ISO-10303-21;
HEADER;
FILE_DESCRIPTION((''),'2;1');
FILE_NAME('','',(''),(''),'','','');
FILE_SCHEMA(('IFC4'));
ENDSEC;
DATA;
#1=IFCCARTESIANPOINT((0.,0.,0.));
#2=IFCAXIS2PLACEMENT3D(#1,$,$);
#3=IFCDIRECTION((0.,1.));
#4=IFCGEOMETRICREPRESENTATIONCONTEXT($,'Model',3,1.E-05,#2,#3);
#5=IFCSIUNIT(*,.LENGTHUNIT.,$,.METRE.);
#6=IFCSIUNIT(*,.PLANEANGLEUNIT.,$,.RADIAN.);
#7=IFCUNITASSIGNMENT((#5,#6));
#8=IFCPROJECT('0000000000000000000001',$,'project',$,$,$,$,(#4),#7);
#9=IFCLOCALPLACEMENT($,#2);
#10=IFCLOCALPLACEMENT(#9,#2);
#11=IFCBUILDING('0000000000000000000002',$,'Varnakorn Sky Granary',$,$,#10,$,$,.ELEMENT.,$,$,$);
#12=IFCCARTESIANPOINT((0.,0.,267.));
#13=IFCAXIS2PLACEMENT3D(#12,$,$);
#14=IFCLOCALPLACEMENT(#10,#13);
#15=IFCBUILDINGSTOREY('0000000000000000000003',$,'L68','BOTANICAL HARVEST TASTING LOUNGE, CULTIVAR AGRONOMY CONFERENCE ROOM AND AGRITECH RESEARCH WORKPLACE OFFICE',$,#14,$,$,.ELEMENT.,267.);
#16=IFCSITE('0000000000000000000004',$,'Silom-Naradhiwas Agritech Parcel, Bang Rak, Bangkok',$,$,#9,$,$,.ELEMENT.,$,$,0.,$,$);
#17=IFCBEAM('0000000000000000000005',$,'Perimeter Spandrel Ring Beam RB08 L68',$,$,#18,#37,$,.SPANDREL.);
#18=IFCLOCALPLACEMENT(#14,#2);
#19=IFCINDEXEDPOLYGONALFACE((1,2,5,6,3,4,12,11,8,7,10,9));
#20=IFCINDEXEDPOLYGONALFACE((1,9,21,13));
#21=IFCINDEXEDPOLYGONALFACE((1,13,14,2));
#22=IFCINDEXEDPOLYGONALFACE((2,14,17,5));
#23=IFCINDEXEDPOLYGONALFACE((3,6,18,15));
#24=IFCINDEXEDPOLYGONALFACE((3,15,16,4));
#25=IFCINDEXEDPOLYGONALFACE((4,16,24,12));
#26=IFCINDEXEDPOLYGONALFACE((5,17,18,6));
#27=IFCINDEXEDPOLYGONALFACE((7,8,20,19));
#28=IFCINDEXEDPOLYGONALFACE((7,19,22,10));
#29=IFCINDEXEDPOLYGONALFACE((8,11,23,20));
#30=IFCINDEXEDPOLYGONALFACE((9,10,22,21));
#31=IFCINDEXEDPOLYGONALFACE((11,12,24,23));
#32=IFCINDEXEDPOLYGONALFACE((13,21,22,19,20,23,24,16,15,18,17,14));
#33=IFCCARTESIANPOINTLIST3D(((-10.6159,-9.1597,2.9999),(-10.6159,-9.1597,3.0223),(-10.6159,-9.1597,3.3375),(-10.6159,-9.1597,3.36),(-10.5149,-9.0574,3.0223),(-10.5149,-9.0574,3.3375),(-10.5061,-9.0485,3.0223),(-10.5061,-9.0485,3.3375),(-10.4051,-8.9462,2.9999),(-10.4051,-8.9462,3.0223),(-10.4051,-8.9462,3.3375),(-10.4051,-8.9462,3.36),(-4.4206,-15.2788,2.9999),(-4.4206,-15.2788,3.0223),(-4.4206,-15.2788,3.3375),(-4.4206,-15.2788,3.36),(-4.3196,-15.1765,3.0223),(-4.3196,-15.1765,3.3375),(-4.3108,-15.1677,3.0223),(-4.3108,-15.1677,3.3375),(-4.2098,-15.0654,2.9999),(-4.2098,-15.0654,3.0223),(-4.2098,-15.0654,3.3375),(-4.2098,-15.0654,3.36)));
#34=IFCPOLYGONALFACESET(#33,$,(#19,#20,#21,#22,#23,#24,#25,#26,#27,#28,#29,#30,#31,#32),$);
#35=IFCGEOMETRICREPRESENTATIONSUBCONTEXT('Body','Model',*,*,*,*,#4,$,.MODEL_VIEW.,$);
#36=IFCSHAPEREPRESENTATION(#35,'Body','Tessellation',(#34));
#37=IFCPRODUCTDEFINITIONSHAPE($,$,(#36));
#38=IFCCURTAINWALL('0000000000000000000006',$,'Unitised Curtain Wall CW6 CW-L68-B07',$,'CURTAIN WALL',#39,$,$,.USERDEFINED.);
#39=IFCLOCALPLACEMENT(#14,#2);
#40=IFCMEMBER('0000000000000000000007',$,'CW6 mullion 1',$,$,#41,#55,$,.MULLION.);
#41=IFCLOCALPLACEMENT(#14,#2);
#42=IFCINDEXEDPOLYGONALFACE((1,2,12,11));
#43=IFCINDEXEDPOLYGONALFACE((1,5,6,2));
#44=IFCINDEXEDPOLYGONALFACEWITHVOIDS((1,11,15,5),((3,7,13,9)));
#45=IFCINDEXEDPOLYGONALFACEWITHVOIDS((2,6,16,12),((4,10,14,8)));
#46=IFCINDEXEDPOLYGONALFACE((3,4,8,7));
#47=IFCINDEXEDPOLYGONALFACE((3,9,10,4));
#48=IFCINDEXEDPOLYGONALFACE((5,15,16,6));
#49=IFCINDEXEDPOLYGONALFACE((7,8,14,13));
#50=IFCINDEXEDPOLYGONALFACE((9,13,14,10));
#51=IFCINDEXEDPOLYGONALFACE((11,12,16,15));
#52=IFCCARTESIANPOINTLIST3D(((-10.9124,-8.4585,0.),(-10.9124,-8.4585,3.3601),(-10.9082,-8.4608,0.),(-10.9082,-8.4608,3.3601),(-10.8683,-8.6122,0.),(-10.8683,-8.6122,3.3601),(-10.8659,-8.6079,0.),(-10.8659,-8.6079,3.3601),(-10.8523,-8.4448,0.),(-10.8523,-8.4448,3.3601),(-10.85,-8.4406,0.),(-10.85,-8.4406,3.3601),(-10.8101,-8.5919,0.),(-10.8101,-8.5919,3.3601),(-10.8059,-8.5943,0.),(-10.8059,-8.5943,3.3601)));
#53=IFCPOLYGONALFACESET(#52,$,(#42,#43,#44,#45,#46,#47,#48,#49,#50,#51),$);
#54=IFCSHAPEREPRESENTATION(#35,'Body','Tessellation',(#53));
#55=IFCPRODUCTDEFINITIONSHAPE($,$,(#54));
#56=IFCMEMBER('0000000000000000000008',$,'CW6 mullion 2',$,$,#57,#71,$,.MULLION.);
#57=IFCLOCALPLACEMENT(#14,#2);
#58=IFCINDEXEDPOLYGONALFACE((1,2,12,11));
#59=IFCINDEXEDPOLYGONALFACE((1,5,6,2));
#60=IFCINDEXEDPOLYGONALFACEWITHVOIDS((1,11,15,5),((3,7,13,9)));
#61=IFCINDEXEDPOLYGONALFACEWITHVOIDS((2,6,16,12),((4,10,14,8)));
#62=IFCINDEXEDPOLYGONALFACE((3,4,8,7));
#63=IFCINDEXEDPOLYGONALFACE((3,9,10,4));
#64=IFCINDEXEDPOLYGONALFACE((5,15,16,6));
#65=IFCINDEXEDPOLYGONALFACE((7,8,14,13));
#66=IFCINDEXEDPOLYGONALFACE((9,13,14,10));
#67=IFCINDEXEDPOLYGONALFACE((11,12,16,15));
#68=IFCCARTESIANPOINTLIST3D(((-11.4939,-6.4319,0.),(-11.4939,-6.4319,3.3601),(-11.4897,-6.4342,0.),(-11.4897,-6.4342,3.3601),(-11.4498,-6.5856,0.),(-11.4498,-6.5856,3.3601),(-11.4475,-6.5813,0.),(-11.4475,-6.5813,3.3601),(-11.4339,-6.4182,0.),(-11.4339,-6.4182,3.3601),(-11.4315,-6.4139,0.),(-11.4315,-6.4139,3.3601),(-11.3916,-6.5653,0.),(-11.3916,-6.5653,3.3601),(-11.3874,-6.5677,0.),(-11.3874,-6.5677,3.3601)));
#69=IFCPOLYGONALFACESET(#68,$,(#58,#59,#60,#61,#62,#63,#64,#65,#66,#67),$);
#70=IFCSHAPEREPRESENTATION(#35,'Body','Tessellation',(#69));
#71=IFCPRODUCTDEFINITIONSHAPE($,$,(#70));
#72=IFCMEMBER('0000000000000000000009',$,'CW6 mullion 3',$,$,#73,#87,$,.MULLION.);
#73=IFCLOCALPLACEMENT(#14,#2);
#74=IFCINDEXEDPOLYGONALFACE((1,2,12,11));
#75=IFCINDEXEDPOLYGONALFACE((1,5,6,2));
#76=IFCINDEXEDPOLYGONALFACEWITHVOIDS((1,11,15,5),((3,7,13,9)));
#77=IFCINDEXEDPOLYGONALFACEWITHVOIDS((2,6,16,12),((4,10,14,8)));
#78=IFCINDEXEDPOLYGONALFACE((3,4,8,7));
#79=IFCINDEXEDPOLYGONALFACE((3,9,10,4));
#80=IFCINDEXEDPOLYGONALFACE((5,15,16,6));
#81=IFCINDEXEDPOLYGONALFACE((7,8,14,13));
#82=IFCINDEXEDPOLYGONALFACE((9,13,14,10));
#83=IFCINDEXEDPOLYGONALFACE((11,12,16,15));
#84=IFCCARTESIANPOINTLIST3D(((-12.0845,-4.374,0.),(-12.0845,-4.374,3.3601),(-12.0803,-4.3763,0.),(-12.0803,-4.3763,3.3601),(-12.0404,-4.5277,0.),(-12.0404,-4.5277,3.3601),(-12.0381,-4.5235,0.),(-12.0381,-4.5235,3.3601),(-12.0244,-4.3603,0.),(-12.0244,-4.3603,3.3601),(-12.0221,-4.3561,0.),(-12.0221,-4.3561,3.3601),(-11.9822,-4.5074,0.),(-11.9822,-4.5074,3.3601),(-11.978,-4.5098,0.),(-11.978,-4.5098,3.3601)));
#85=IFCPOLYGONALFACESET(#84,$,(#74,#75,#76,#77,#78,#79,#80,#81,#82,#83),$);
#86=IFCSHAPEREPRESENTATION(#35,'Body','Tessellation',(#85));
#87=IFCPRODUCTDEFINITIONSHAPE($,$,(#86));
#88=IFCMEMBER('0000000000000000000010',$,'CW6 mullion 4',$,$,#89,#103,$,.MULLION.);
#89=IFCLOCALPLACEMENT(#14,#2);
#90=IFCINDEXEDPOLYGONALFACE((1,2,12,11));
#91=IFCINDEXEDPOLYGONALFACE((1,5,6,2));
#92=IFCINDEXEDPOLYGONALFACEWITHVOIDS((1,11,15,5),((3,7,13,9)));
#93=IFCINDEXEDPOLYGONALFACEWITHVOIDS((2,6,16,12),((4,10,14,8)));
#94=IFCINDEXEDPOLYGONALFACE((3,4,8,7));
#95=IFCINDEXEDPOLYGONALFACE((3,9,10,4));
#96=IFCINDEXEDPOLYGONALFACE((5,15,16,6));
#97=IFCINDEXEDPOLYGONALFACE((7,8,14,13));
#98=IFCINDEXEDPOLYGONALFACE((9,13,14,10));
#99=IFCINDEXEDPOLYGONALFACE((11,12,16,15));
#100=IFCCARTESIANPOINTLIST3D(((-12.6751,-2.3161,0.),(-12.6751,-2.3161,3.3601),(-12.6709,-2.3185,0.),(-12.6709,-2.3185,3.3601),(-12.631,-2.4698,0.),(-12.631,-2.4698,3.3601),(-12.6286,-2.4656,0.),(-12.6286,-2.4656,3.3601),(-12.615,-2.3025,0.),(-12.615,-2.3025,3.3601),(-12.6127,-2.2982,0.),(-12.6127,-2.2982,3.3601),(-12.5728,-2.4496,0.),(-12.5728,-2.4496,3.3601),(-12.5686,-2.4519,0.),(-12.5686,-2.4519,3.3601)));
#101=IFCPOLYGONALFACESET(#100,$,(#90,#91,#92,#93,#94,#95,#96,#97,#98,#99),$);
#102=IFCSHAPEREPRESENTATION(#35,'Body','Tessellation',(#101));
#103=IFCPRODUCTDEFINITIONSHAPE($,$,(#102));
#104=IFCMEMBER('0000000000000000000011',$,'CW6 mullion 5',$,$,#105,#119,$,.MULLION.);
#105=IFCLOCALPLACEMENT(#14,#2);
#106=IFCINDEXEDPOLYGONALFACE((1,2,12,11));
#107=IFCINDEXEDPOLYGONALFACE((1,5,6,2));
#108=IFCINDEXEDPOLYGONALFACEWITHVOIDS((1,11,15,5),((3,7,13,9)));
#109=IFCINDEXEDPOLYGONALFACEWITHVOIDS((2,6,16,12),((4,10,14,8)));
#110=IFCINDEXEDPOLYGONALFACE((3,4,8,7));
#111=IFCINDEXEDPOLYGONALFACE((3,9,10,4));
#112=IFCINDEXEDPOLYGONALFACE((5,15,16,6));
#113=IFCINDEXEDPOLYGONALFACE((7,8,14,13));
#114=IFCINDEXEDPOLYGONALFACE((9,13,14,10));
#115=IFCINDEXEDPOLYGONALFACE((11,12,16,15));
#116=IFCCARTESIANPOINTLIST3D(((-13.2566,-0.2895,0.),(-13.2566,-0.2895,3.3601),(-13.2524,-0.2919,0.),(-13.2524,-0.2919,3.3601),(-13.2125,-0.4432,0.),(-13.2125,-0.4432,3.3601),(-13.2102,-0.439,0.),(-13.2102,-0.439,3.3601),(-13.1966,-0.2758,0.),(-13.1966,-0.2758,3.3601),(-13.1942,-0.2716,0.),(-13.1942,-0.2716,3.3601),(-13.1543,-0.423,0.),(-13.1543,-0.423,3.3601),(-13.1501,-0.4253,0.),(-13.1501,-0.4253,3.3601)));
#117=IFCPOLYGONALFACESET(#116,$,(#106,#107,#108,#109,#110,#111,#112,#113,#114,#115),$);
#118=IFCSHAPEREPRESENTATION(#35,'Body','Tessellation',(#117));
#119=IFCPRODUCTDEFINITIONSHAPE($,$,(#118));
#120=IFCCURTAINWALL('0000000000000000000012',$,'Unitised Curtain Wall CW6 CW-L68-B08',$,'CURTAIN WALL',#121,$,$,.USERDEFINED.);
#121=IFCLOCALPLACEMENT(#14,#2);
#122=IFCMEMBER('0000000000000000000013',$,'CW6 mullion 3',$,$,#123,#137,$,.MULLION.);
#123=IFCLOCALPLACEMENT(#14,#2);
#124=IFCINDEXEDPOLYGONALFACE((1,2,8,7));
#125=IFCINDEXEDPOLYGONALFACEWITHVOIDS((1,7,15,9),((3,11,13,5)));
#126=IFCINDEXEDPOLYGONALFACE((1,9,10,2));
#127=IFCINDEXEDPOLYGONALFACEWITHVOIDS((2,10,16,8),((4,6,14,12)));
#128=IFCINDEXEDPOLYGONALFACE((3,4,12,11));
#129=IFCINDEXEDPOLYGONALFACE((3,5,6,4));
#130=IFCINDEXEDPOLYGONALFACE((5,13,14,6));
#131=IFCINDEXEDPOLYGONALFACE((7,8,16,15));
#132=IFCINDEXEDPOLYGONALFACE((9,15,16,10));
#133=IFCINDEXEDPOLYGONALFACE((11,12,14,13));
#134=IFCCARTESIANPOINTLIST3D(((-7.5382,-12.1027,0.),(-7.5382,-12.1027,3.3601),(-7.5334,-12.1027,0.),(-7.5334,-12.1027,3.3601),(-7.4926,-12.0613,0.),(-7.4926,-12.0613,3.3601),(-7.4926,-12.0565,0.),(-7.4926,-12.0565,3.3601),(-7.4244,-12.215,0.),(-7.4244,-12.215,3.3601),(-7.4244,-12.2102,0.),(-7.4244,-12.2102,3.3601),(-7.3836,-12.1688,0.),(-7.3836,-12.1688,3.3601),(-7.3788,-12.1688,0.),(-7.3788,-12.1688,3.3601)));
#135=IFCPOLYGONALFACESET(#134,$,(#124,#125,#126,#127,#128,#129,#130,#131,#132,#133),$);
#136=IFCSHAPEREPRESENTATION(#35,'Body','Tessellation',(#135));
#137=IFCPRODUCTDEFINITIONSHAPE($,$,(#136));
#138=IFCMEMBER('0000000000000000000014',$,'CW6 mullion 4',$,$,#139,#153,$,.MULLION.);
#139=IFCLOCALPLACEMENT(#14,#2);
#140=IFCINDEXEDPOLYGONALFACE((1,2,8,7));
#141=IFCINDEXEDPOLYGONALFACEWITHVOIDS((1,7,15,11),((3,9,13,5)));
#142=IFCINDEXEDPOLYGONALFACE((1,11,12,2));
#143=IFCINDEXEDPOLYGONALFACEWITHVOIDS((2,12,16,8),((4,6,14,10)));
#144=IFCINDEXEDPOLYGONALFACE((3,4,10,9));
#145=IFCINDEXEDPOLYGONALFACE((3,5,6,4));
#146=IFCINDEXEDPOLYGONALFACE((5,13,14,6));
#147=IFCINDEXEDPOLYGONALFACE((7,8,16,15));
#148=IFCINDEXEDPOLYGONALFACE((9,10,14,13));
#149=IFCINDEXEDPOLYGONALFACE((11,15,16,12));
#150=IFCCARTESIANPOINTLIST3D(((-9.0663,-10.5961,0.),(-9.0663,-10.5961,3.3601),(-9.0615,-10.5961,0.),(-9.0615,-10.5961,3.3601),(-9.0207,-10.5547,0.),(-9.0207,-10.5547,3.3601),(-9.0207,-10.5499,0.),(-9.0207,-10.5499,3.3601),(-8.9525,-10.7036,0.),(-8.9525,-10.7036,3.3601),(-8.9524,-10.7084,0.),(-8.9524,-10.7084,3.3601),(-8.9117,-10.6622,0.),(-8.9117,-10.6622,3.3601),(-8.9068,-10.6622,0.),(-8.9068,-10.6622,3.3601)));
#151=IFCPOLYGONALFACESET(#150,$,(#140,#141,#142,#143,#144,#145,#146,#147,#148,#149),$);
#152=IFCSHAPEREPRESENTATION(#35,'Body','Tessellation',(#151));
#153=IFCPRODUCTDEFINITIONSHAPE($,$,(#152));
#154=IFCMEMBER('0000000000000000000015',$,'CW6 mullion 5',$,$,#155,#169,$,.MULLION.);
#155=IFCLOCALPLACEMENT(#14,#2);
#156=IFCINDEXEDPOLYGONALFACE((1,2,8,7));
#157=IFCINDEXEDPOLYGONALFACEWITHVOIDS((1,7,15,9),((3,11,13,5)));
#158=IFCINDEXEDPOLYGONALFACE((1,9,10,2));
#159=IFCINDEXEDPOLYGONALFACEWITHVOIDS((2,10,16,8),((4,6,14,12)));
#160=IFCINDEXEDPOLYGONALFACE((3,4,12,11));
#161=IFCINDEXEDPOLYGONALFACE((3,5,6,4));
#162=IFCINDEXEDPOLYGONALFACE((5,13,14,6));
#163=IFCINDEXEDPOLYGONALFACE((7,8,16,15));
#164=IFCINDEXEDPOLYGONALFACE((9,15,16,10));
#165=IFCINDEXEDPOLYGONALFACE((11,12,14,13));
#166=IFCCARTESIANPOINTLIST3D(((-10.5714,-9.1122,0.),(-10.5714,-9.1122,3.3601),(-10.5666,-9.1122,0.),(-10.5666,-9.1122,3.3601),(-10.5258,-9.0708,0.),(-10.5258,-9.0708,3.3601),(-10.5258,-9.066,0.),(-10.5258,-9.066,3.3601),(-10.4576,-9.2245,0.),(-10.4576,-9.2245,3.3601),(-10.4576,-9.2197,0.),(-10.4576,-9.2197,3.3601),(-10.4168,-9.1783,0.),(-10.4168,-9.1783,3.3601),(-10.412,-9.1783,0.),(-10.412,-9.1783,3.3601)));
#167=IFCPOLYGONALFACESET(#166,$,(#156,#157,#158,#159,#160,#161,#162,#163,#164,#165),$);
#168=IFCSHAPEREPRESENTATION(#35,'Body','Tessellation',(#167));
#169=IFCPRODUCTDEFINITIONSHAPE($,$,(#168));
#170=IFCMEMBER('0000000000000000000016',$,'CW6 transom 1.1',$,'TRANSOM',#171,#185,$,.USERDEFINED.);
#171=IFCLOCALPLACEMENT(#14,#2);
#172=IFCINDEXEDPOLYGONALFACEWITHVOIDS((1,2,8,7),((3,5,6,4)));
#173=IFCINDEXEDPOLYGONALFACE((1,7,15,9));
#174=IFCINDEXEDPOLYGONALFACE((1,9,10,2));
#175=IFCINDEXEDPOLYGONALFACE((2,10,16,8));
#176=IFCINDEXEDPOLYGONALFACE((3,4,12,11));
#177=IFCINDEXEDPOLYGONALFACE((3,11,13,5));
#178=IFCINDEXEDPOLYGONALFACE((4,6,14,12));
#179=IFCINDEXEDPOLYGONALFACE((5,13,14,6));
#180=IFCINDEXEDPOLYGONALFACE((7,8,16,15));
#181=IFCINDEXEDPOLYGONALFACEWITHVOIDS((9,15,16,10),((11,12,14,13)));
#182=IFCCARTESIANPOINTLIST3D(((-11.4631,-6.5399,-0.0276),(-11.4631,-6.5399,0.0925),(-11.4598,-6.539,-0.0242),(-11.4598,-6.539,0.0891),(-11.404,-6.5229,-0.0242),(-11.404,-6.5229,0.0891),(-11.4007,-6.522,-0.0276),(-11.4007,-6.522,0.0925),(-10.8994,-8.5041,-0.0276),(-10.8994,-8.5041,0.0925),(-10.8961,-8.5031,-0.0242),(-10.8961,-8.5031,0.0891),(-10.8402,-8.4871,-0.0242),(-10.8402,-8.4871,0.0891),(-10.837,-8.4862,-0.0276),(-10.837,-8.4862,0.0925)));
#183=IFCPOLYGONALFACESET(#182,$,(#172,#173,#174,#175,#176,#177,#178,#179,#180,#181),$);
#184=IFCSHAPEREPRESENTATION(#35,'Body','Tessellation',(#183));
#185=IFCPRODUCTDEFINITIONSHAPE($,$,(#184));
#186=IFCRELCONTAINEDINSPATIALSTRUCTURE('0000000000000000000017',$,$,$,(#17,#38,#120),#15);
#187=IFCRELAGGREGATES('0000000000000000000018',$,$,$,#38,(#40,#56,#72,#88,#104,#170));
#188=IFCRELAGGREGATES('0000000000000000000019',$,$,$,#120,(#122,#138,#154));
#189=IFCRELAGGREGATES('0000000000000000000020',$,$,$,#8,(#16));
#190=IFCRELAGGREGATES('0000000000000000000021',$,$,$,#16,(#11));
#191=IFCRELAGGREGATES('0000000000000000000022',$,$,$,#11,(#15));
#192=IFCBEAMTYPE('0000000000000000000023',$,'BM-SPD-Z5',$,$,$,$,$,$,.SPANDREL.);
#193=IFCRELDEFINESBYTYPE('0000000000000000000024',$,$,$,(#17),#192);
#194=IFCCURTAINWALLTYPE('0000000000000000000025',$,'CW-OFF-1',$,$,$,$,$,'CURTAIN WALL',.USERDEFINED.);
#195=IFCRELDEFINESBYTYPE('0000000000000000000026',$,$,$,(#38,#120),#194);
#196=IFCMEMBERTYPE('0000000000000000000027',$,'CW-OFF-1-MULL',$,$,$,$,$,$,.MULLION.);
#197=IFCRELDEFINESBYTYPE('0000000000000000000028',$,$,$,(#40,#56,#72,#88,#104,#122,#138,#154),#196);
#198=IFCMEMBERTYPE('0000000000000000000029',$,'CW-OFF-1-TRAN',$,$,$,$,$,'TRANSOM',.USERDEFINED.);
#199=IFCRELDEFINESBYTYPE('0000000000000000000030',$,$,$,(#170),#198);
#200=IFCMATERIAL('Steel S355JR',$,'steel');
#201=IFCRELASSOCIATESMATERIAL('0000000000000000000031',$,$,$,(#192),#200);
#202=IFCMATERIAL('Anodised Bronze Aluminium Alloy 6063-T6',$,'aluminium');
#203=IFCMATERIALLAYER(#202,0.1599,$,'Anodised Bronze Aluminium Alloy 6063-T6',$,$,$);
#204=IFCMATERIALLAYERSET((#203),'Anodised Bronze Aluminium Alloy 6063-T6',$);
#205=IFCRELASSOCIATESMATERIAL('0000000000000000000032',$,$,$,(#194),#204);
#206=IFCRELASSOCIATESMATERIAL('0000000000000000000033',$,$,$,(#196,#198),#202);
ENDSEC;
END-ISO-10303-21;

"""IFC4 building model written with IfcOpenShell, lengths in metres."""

from ifc_helpers import new_model, si_unit, direction, frame, origin, origin_2d, place, context, subcontext, project, spatial, hollow_rectangle, i_section, extrude, material, layer, layer_set, material_profile, profile_set, type_object, element, aggregate, save


model = new_model("IFC4")

# Units and contexts
model_context = context("Model", 3, precision=1e-05, world=origin(), true_north=direction((0.0, 1.0)))
body_context = subcontext(model_context, "Body", "Model", "MODEL_VIEW")
ifc_project = project(units=[si_unit("LENGTHUNIT", "METRE"), si_unit("PLANEANGLEUNIT", "RADIAN")], contexts=[model_context])

# Site, building, storey
site_placement = place(None, origin())
site = spatial("IfcSite", under=ifc_project, at=site_placement, Name="Silom-Naradhiwas Agritech Parcel, Bang Rak, Bangkok", CompositionType="ELEMENT", RefElevation=0.0)
building_placement = place(site_placement, origin())
building = spatial("IfcBuilding", under=site, at=building_placement, Name="Varnakorn Sky Granary", CompositionType="ELEMENT")
storey_placement = place(building_placement, frame((0.0, 0.0, 267.0)))
storey = spatial("IfcBuildingStorey", under=building, at=storey_placement, Name="L68", Description="BOTANICAL HARVEST TASTING LOUNGE, CULTIVAR AGRONOMY CONFERENCE ROOM AND AGRITECH RESEARCH WORKPLACE OFFICE", CompositionType="ELEMENT", Elevation=267.0)

# Beam
ifc_material_1 = material(Name="Steel S355JR", Category="steel")
ifc_material_profile_1 = material_profile(ifc_material_1, i_section(OverallWidth=0.3, OverallDepth=0.3601, WebThickness=0.0125, FlangeThickness=0.0225, at=origin_2d()), Name="HE 360 B")
ifc_profile_set_1 = profile_set([ifc_material_profile_1], Name="Steel S355JR")
beam_type_1 = type_object("IfcBeamType", Name="BM-SPD-Z5", PredefinedType="SPANDREL", material=ifc_profile_set_1)
beam_1_placement = place(storey_placement, frame((-10.5105, -9.053, 3.1799), z_axis=(0.711467, -0.702719, 0.0), x_axis=(0.702719, 0.711467, 0.0)))
element("IfcBeam", 1, at=beam_1_placement, inside=storey, type_object=beam_type_1, Name="Perimeter Spandrel Ring Beam RB08 L68", PredefinedType="SPANDREL", context=body_context, shape_type="SweptSolid", body=[
    extrude(i_section(OverallWidth=0.3, OverallDepth=0.3601, WebThickness=0.0125, FlangeThickness=0.0225, at=origin_2d()), origin(), (0.0, 0.0, 1.0), 8.7078),
])

# Curtain walls, members
ifc_material_2 = material(Name="Anodised Bronze Aluminium Alloy 6063-T6", Category="aluminium")
ifc_layer_1 = layer(ifc_material_2, 0.1599, Name="Anodised Bronze Aluminium Alloy 6063-T6")
ifc_layer_set_1 = layer_set([ifc_layer_1], Name="Anodised Bronze Aluminium Alloy 6063-T6")
curtain_wall_type = type_object("IfcCurtainWallType", Name="CW-OFF-1", ElementType="CURTAIN WALL", PredefinedType="USERDEFINED", material=ifc_layer_set_1)
curtain_wall_1_placement = place(storey_placement, origin())
curtain_wall_1 = element("IfcCurtainWall", 2, at=curtain_wall_1_placement, inside=storey, type_object=curtain_wall_type, Name="Unitised Curtain Wall CW6 CW-L68-B07", ObjectType="CURTAIN WALL", PredefinedType="USERDEFINED")
ifc_material_profile_2 = material_profile(ifc_material_2, hollow_rectangle(XDim=0.0649, YDim=0.1599, WallThickness=0.0034, at=origin_2d()), Name="ALU MULL 65x160")
ifc_profile_set_2 = profile_set([ifc_material_profile_2], Name="Anodised Bronze Aluminium Alloy 6063-T6")
member_type_1 = type_object("IfcMemberType", Name="CW-OFF-1-MULL", PredefinedType="MULLION", material=ifc_profile_set_2)
member_1_placement = place(storey_placement, frame((-10.8591, -8.5264, 0.0), z_axis=(0.0, 0.0, 1.0), x_axis=(-0.961203, -0.275841, 0.0)))
member_1 = element("IfcMember", 3, at=member_1_placement, type_object=member_type_1, Name="CW6 mullion 1", PredefinedType="MULLION", context=body_context, shape_type="SweptSolid", body=[
    extrude(hollow_rectangle(XDim=0.0649, YDim=0.1599, WallThickness=0.0034, at=origin_2d()), origin(), (0.0, 0.0, 1.0), 3.3601),
])
member_2_placement = place(storey_placement, frame((-11.4407, -6.4998, 0.0), z_axis=(0.0, 0.0, 1.0), x_axis=(-0.961203, -0.275841, 0.0)))
member_2 = element("IfcMember", 4, at=member_2_placement, type_object=member_type_1, Name="CW6 mullion 2", PredefinedType="MULLION", context=body_context, shape_type="SweptSolid", body=[
    extrude(hollow_rectangle(XDim=0.0649, YDim=0.1599, WallThickness=0.0034, at=origin_2d()), origin(), (0.0, 0.0, 1.0), 3.3601),
])
member_3_placement = place(storey_placement, frame((-12.0312, -4.4419, 0.0), z_axis=(0.0, 0.0, 1.0), x_axis=(-0.961203, -0.275841, 0.0)))
member_3 = element("IfcMember", 5, at=member_3_placement, type_object=member_type_1, Name="CW6 mullion 3", PredefinedType="MULLION", context=body_context, shape_type="SweptSolid", body=[
    extrude(hollow_rectangle(XDim=0.0649, YDim=0.1599, WallThickness=0.0034, at=origin_2d()), origin(), (0.0, 0.0, 1.0), 3.3601),
])
member_4_placement = place(storey_placement, frame((-12.6218, -2.384, 0.0), z_axis=(0.0, 0.0, 1.0), x_axis=(-0.961203, -0.275841, 0.0)))
member_4 = element("IfcMember", 6, at=member_4_placement, type_object=member_type_1, Name="CW6 mullion 4", PredefinedType="MULLION", context=body_context, shape_type="SweptSolid", body=[
    extrude(hollow_rectangle(XDim=0.0649, YDim=0.1599, WallThickness=0.0034, at=origin_2d()), origin(), (0.0, 0.0, 1.0), 3.3601),
])
member_5_placement = place(storey_placement, frame((-13.2034, -0.3574, 0.0), z_axis=(0.0, 0.0, 1.0), x_axis=(-0.961203, -0.275841, 0.0)))
member_5 = element("IfcMember", 7, at=member_5_placement, type_object=member_type_1, Name="CW6 mullion 5", PredefinedType="MULLION", context=body_context, shape_type="SweptSolid", body=[
    extrude(hollow_rectangle(XDim=0.0649, YDim=0.1599, WallThickness=0.0034, at=origin_2d()), origin(), (0.0, 0.0, 1.0), 3.3601),
])
curtain_wall_2_placement = place(storey_placement, origin())
curtain_wall_2 = element("IfcCurtainWall", 8, at=curtain_wall_2_placement, inside=storey, type_object=curtain_wall_type, Name="Unitised Curtain Wall CW6 CW-L68-B08", ObjectType="CURTAIN WALL", PredefinedType="USERDEFINED")
member_6_placement = place(storey_placement, frame((-7.4585, -12.1357, 0.0), z_axis=(0.0, 0.0, 1.0), x_axis=(-0.702091, -0.712087, 0.0)))
member_6 = element("IfcMember", 9, at=member_6_placement, type_object=member_type_1, Name="CW6 mullion 3", PredefinedType="MULLION", context=body_context, shape_type="SweptSolid", body=[
    extrude(hollow_rectangle(XDim=0.0649, YDim=0.1599, WallThickness=0.0034, at=origin_2d()), origin(), (0.0, 0.0, 1.0), 3.3601),
])
member_7_placement = place(storey_placement, frame((-8.9866, -10.6292, 0.0), z_axis=(0.0, 0.0, 1.0), x_axis=(-0.702091, -0.712087, 0.0)))
member_7 = element("IfcMember", 10, at=member_7_placement, type_object=member_type_1, Name="CW6 mullion 4", PredefinedType="MULLION", context=body_context, shape_type="SweptSolid", body=[
    extrude(hollow_rectangle(XDim=0.0649, YDim=0.1599, WallThickness=0.0034, at=origin_2d()), origin(), (0.0, 0.0, 1.0), 3.3601),
])
member_8_placement = place(storey_placement, frame((-10.4917, -9.1453, 0.0), z_axis=(0.0, 0.0, 1.0), x_axis=(-0.702091, -0.712087, 0.0)))
member_8 = element("IfcMember", 11, at=member_8_placement, type_object=member_type_1, Name="CW6 mullion 5", PredefinedType="MULLION", context=body_context, shape_type="SweptSolid", body=[
    extrude(hollow_rectangle(XDim=0.0649, YDim=0.1599, WallThickness=0.0034, at=origin_2d()), origin(), (0.0, 0.0, 1.0), 3.3601),
])

# Member
ifc_material_profile_3 = material_profile(ifc_material_2, hollow_rectangle(XDim=0.0649, YDim=0.1201, WallThickness=0.0034, at=origin_2d()), Name="ALU TRAN 65x120")
ifc_profile_set_3 = profile_set([ifc_material_profile_3], Name="Anodised Bronze Aluminium Alloy 6063-T6")
member_type_2 = type_object("IfcMemberType", Name="CW-OFF-1-TRAN", ElementType="TRANSOM", PredefinedType="USERDEFINED", material=ifc_profile_set_3)
member_9_placement = place(storey_placement, frame((-10.8682, -8.4951, 0.0325), z_axis=(-0.275873, 0.961194, 0.0), x_axis=(-0.961194, -0.275873, 0.0)))
member_9 = element("IfcMember", 12, at=member_9_placement, type_object=member_type_2, Name="CW6 transom 1.1", ObjectType="TRANSOM", PredefinedType="USERDEFINED", context=body_context, shape_type="SweptSolid", body=[
    extrude(hollow_rectangle(XDim=0.0649, YDim=0.1201, WallThickness=0.0034, at=origin_2d()), origin(), (0.0, 0.0, 1.0), 2.0435),
])

aggregate(curtain_wall_1, [member_1, member_2, member_3, member_4, member_5, member_9])
aggregate(curtain_wall_2, [member_6, member_7, member_8])

save(model, "model.ifc")
